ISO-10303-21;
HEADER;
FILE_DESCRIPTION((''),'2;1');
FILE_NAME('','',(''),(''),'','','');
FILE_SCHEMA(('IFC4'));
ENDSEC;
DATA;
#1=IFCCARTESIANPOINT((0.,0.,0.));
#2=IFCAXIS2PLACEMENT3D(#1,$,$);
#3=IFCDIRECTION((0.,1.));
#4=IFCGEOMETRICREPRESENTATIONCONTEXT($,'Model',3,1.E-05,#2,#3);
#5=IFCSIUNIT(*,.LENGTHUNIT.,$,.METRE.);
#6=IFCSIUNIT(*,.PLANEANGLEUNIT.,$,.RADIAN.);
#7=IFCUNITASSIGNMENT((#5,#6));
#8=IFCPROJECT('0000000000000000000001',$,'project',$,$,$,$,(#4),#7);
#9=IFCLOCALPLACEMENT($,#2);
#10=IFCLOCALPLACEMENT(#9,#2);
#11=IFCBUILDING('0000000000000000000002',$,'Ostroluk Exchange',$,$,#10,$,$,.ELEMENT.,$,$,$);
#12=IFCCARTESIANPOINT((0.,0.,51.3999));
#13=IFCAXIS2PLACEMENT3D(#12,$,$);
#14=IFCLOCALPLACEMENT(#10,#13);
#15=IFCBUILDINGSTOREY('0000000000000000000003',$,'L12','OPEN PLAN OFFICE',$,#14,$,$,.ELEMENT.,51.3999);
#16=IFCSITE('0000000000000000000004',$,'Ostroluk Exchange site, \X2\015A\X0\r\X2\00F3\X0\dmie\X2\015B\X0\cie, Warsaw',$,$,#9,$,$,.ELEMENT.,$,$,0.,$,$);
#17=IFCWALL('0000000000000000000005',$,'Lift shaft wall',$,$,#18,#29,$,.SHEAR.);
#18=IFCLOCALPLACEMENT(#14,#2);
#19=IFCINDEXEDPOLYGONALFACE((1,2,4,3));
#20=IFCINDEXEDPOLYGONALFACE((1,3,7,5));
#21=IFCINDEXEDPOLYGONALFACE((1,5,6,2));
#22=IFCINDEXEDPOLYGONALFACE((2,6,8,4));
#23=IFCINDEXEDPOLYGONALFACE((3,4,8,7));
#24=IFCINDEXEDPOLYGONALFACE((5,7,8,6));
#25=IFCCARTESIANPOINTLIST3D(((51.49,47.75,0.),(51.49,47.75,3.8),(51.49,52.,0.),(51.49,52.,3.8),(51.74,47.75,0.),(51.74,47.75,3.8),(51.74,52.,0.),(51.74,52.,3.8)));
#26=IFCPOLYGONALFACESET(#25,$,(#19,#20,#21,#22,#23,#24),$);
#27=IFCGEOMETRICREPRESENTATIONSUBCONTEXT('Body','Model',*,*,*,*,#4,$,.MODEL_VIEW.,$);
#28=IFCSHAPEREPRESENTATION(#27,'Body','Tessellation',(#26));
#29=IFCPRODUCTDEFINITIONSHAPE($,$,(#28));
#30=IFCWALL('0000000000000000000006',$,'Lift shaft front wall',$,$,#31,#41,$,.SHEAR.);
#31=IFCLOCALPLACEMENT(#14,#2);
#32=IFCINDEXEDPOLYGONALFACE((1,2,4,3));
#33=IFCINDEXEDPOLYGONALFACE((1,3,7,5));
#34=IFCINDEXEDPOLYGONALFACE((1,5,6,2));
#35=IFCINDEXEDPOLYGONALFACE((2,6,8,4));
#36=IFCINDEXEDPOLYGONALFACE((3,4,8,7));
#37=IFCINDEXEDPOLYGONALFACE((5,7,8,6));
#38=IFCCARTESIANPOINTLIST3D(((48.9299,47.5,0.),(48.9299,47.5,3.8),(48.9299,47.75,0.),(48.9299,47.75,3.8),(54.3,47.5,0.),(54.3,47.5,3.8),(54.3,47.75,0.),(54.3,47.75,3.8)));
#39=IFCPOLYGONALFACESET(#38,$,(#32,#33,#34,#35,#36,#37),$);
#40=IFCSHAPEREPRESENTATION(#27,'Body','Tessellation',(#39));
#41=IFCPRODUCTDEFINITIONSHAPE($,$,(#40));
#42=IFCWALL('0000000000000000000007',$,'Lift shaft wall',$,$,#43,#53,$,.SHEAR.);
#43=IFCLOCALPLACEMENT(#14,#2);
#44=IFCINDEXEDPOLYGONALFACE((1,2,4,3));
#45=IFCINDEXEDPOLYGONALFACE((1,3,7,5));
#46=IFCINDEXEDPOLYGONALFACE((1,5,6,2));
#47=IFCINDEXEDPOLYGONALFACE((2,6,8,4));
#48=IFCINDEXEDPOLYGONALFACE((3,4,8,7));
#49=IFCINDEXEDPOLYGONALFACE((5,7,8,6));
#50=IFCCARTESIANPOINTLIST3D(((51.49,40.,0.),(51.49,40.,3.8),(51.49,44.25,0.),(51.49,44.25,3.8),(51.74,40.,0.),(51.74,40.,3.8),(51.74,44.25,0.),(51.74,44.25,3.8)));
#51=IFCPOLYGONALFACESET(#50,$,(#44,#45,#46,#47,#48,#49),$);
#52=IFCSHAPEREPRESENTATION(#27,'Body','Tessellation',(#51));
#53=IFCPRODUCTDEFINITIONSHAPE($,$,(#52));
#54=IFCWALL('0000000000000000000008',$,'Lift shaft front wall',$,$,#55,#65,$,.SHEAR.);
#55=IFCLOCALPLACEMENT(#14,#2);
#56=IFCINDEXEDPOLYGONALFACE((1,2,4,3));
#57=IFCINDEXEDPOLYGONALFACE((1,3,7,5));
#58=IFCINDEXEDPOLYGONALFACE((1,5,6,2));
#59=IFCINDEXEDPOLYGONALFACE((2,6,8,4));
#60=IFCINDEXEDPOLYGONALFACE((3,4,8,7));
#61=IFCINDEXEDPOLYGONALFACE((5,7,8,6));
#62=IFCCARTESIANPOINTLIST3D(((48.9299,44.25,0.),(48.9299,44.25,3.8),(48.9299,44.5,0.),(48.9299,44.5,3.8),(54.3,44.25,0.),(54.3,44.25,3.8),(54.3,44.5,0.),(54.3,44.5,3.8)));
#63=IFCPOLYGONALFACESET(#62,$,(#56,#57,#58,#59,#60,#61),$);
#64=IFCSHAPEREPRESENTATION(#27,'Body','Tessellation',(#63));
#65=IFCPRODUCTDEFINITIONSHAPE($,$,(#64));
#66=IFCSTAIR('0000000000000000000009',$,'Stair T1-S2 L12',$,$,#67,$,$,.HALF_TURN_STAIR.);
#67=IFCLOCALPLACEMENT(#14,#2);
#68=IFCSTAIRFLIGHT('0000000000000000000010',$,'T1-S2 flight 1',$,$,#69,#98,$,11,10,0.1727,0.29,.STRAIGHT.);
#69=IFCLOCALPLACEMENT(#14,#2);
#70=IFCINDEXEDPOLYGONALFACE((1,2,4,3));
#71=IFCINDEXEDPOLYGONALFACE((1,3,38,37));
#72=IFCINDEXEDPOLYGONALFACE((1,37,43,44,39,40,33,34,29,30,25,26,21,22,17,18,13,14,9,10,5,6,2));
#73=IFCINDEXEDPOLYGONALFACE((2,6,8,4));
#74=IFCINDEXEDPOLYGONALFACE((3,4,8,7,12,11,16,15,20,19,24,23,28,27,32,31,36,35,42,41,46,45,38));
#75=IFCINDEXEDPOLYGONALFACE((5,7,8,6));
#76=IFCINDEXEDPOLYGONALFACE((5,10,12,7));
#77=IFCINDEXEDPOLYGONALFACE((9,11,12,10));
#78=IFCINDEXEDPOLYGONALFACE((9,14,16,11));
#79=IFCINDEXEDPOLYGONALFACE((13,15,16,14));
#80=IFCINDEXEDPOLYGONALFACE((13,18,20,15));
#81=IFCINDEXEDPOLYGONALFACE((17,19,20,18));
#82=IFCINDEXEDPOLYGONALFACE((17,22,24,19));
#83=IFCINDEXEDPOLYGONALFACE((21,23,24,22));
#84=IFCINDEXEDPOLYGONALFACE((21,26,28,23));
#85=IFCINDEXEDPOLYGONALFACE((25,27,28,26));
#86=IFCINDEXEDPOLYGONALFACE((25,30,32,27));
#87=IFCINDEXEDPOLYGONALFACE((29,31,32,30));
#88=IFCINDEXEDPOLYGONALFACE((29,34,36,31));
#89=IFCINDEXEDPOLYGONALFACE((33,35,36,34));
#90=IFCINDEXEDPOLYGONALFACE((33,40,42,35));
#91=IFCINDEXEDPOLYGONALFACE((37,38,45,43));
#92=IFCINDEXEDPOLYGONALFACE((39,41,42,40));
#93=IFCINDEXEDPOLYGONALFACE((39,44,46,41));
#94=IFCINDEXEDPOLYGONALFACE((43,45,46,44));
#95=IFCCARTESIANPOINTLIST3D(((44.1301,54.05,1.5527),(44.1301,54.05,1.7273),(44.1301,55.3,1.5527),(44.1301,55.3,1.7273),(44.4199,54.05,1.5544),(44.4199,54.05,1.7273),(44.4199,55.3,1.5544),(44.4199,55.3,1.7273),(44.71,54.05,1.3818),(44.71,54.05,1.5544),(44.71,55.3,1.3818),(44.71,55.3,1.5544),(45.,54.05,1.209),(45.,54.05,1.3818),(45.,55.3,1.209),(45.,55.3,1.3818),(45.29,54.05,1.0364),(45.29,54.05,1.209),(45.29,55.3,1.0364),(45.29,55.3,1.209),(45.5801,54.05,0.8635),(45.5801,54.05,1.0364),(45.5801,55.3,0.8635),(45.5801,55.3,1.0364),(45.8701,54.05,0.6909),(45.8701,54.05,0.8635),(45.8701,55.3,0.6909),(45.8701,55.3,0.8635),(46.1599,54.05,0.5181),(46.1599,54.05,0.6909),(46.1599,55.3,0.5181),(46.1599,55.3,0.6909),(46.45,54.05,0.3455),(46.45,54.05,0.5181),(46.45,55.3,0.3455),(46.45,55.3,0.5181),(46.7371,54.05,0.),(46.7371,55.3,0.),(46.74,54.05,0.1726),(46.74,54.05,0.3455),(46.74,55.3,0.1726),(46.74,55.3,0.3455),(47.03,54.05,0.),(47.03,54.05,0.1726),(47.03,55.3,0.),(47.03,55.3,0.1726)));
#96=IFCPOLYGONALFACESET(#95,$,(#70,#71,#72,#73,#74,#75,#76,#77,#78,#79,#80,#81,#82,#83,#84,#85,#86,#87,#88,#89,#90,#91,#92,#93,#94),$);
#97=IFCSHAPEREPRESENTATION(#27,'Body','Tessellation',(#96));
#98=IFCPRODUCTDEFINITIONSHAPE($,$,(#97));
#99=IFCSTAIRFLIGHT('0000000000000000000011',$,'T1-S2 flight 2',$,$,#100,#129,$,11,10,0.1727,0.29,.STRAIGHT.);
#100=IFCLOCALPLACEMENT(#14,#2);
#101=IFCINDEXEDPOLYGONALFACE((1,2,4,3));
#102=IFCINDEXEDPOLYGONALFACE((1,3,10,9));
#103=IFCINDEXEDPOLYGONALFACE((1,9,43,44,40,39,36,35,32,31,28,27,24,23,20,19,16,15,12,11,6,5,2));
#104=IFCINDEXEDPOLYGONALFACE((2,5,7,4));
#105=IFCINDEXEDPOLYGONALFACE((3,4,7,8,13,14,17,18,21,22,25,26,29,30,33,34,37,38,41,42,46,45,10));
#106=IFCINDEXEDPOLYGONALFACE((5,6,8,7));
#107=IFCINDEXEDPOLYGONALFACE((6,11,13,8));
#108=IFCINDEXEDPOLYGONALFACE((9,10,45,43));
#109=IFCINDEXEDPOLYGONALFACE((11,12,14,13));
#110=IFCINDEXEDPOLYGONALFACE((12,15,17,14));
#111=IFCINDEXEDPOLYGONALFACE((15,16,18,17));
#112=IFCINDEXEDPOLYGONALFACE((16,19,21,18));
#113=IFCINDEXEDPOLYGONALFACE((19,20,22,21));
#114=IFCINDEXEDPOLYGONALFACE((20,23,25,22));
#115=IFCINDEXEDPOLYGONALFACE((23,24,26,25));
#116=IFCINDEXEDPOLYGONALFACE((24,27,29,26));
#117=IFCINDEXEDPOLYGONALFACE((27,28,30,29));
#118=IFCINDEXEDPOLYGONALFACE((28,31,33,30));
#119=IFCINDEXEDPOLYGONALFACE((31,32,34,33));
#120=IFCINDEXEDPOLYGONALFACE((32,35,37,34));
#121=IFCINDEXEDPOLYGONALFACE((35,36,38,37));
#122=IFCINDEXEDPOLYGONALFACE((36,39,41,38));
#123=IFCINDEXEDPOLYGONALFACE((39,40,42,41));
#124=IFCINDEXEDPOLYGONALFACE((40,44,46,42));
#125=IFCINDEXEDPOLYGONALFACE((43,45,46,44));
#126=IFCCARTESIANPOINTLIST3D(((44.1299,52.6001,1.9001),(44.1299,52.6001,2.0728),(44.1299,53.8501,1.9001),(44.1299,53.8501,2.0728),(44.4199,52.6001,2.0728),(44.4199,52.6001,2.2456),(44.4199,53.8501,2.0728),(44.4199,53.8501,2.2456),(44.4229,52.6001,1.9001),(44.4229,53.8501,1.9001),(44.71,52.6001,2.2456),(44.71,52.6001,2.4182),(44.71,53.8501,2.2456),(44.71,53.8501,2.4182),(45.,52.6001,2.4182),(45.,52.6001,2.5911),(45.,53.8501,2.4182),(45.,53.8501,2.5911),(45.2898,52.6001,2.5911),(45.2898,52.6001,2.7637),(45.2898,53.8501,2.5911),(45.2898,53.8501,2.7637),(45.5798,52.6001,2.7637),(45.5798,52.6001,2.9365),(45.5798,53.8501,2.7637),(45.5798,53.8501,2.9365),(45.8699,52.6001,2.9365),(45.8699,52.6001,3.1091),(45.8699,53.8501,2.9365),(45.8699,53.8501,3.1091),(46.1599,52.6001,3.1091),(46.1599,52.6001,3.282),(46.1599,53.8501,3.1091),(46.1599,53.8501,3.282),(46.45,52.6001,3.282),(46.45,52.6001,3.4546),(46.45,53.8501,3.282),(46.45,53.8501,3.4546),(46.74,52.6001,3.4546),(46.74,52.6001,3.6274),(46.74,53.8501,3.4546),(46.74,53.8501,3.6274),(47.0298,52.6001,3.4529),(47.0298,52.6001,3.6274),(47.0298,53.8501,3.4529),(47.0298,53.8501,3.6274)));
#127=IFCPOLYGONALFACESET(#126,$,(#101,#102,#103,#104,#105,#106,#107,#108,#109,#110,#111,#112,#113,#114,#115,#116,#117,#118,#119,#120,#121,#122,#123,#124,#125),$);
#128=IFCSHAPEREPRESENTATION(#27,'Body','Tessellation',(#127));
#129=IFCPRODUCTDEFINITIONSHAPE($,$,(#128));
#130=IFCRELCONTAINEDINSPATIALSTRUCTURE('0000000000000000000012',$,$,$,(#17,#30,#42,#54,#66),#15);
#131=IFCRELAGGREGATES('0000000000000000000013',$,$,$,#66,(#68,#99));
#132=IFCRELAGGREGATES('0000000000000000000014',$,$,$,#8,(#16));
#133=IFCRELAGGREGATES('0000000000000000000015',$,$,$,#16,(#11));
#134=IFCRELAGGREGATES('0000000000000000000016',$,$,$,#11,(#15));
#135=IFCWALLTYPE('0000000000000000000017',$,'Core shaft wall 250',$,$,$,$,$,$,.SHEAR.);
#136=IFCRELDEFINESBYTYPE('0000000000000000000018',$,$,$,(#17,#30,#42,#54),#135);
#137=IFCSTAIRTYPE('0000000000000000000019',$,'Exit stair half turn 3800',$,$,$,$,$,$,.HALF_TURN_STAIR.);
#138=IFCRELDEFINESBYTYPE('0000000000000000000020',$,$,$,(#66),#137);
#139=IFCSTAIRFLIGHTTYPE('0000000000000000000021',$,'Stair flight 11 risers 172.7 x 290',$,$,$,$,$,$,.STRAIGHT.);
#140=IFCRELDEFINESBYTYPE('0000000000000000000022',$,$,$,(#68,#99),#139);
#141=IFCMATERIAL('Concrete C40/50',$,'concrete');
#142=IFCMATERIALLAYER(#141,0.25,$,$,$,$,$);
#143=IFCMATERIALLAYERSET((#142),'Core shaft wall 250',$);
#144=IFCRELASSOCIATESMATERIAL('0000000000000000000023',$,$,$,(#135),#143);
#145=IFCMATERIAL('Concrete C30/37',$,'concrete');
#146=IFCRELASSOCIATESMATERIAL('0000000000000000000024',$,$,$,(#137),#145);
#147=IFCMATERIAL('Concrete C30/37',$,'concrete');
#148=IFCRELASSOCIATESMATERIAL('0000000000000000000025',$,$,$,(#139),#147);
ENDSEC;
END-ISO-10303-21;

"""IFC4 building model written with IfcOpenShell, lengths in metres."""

from ifc_helpers import new_model, si_unit, direction, frame, frame_2d, origin, place, context, subcontext, project, spatial, polyline, rectangle, outline, extrude, material, layer, layer_set, type_object, element, aggregate, save


model = new_model("IFC4")

# Units and contexts
model_context = context("Model", 3, precision=1e-05, world=origin(), true_north=direction((0.0, 1.0)))
body_context = subcontext(model_context, "Body", "Model", "MODEL_VIEW")
ifc_project = project(units=[si_unit("LENGTHUNIT", "METRE"), si_unit("PLANEANGLEUNIT", "RADIAN")], contexts=[model_context])

# Site, building, storey
site_placement = place(None, origin())
site = spatial("IfcSite", under=ifc_project, at=site_placement, Name="Ostroluk Exchange site, Śródmieście, Warsaw", CompositionType="ELEMENT", RefElevation=0.0)
building_placement = place(site_placement, origin())
building = spatial("IfcBuilding", under=site, at=building_placement, Name="Ostroluk Exchange", CompositionType="ELEMENT")
storey_placement = place(building_placement, frame((0.0, 0.0, 51.3999)))
storey = spatial("IfcBuildingStorey", under=building, at=storey_placement, Name="L12", Description="OPEN PLAN OFFICE", CompositionType="ELEMENT", Elevation=51.3999)

# Shared definitions
ifc_material_1 = material(Name="Concrete C40/50", Category="concrete")
ifc_layer_1 = layer(ifc_material_1, 0.25)
ifc_layer_set_1 = layer_set([ifc_layer_1], Name="Core shaft wall 250")
wall_type_1 = type_object("IfcWallType", Name="Core shaft wall 250", PredefinedType="SHEAR", material=ifc_layer_set_1)

# Walls
wall_1_placement = place(storey_placement, frame((51.615, 47.75, 0.0), z_axis=(0.0, 0.0, 1.0), x_axis=(0.0, 1.0, 0.0)))
element("IfcWall", 1, at=wall_1_placement, inside=storey, type_object=wall_type_1, Name="Lift shaft wall", PredefinedType="SHEAR", context=body_context, shape_type="SweptSolid", body=[
    extrude(rectangle(XDim=4.25, YDim=0.25, at=frame_2d((2.125, 0.0))), origin(), (0.0, 0.0, 1.0), 3.8),
])
wall_2_placement = place(storey_placement, frame((48.9299, 47.625, 0.0), z_axis=(0.0, 0.0, 1.0), x_axis=(1.0, 0.0, 0.0)))
element("IfcWall", 2, at=wall_2_placement, inside=storey, type_object=wall_type_1, Name="Lift shaft front wall", PredefinedType="SHEAR", context=body_context, shape_type="SweptSolid", body=[
    extrude(rectangle(XDim=5.3701, YDim=0.25, at=frame_2d((2.6851, 0.0))), origin(), (0.0, 0.0, 1.0), 3.8),
])
wall_3_placement = place(storey_placement, frame((51.615, 44.25, 0.0), z_axis=(0.0, 0.0, 1.0), x_axis=(0.0, -1.0, 0.0)))
element("IfcWall", 3, at=wall_3_placement, inside=storey, type_object=wall_type_1, Name="Lift shaft wall", PredefinedType="SHEAR", context=body_context, shape_type="SweptSolid", body=[
    extrude(rectangle(XDim=4.25, YDim=0.25, at=frame_2d((2.125, 0.0))), origin(), (0.0, 0.0, 1.0), 3.8),
])
wall_4_placement = place(storey_placement, frame((48.9299, 44.375, 0.0), z_axis=(0.0, 0.0, 1.0), x_axis=(1.0, 0.0, 0.0)))
element("IfcWall", 4, at=wall_4_placement, inside=storey, type_object=wall_type_1, Name="Lift shaft front wall", PredefinedType="SHEAR", context=body_context, shape_type="SweptSolid", body=[
    extrude(rectangle(XDim=5.3701, YDim=0.25, at=frame_2d((2.6851, 0.0))), origin(), (0.0, 0.0, 1.0), 3.8),
])

# Stair, stair flights
ifc_material_2 = material(Name="Concrete C30/37", Category="concrete")
stair_type = type_object("IfcStairType", Name="Exit stair half turn 3800", PredefinedType="HALF_TURN_STAIR", material=ifc_material_2)
stair_placement = place(storey_placement, origin())
stair = element("IfcStair", 5, at=stair_placement, inside=storey, type_object=stair_type, Name="Stair T1-S2 L12", PredefinedType="HALF_TURN_STAIR")
ifc_material_3 = material(Name="Concrete C30/37", Category="concrete")
stair_flight_type = type_object("IfcStairFlightType", Name="Stair flight 11 risers 172.7 x 290", PredefinedType="STRAIGHT", material=ifc_material_3)
stair_flight_1_placement = place(storey_placement, frame((47.03, 54.675, 0.0), z_axis=(0.0, 0.0, 1.0), x_axis=(-1.0, 0.0, 0.0)))
stair_flight_1 = element("IfcStairFlight", 6, at=stair_flight_1_placement, type_object=stair_flight_type, Name="T1-S2 flight 1", NumberOfRisers=11, NumberOfTreads=10, PredefinedType="STRAIGHT", RiserHeight=0.1727, TreadLength=0.29, context=body_context, shape_type="SweptSolid", body=[
    extrude(outline(polyline([(0.0, 0.0), (0.0, 0.1726), (0.29, 0.1726), (0.29, 0.3455), (0.5801, 0.3455), (0.5801, 0.5181), (0.8701, 0.5181), (0.8701, 0.6909), (1.1599, 0.6909), (1.1599, 0.8635), (1.45, 0.8635), (1.45, 1.0364), (1.74, 1.0364), (1.74, 1.209), (2.03, 1.209), (2.03, 1.3818), (2.3201, 1.3818), (2.3201, 1.5544), (2.6101, 1.5544), (2.6101, 1.7273), (2.8999, 1.7273), (2.8999, 1.8999), (2.8999, 1.5527), (0.293, 0.0), (0.0, 0.0)])), frame((0.0, 0.625, 0.0), z_axis=(0.0, -1.0, 0.0), x_axis=(1.0, 0.0, 0.0)), (0.0, 0.0, 1.0), 1.25),
])
stair_flight_2_placement = place(storey_placement, frame((44.1299, 53.2251, 1.9001), z_axis=(0.0, 0.0, 1.0), x_axis=(1.0, 0.0, 0.0)))
stair_flight_2 = element("IfcStairFlight", 7, at=stair_flight_2_placement, type_object=stair_flight_type, Name="T1-S2 flight 2", NumberOfRisers=11, NumberOfTreads=10, PredefinedType="STRAIGHT", RiserHeight=0.1727, TreadLength=0.29, context=body_context, shape_type="SweptSolid", body=[
    extrude(outline(polyline([(0.0, 0.0), (0.0, 0.1726), (0.29, 0.1726), (0.29, 0.3455), (0.5801, 0.3455), (0.5801, 0.5181), (0.8701, 0.5181), (0.8701, 0.6909), (1.1599, 0.6909), (1.1599, 0.8635), (1.45, 0.8635), (1.45, 1.0364), (1.74, 1.0364), (1.74, 1.209), (2.03, 1.209), (2.03, 1.3818), (2.3201, 1.3818), (2.3201, 1.5544), (2.6101, 1.5544), (2.6101, 1.7273), (2.8999, 1.7273), (2.8999, 1.8999), (2.8999, 1.5527), (0.293, 0.0), (0.0, 0.0)])), frame((0.0, 0.625, 0.0), z_axis=(0.0, -1.0, 0.0), x_axis=(1.0, 0.0, 0.0)), (0.0, 0.0, 1.0), 1.25),
])
aggregate(stair, [stair_flight_1, stair_flight_2])

save(model, "model.ifc")
